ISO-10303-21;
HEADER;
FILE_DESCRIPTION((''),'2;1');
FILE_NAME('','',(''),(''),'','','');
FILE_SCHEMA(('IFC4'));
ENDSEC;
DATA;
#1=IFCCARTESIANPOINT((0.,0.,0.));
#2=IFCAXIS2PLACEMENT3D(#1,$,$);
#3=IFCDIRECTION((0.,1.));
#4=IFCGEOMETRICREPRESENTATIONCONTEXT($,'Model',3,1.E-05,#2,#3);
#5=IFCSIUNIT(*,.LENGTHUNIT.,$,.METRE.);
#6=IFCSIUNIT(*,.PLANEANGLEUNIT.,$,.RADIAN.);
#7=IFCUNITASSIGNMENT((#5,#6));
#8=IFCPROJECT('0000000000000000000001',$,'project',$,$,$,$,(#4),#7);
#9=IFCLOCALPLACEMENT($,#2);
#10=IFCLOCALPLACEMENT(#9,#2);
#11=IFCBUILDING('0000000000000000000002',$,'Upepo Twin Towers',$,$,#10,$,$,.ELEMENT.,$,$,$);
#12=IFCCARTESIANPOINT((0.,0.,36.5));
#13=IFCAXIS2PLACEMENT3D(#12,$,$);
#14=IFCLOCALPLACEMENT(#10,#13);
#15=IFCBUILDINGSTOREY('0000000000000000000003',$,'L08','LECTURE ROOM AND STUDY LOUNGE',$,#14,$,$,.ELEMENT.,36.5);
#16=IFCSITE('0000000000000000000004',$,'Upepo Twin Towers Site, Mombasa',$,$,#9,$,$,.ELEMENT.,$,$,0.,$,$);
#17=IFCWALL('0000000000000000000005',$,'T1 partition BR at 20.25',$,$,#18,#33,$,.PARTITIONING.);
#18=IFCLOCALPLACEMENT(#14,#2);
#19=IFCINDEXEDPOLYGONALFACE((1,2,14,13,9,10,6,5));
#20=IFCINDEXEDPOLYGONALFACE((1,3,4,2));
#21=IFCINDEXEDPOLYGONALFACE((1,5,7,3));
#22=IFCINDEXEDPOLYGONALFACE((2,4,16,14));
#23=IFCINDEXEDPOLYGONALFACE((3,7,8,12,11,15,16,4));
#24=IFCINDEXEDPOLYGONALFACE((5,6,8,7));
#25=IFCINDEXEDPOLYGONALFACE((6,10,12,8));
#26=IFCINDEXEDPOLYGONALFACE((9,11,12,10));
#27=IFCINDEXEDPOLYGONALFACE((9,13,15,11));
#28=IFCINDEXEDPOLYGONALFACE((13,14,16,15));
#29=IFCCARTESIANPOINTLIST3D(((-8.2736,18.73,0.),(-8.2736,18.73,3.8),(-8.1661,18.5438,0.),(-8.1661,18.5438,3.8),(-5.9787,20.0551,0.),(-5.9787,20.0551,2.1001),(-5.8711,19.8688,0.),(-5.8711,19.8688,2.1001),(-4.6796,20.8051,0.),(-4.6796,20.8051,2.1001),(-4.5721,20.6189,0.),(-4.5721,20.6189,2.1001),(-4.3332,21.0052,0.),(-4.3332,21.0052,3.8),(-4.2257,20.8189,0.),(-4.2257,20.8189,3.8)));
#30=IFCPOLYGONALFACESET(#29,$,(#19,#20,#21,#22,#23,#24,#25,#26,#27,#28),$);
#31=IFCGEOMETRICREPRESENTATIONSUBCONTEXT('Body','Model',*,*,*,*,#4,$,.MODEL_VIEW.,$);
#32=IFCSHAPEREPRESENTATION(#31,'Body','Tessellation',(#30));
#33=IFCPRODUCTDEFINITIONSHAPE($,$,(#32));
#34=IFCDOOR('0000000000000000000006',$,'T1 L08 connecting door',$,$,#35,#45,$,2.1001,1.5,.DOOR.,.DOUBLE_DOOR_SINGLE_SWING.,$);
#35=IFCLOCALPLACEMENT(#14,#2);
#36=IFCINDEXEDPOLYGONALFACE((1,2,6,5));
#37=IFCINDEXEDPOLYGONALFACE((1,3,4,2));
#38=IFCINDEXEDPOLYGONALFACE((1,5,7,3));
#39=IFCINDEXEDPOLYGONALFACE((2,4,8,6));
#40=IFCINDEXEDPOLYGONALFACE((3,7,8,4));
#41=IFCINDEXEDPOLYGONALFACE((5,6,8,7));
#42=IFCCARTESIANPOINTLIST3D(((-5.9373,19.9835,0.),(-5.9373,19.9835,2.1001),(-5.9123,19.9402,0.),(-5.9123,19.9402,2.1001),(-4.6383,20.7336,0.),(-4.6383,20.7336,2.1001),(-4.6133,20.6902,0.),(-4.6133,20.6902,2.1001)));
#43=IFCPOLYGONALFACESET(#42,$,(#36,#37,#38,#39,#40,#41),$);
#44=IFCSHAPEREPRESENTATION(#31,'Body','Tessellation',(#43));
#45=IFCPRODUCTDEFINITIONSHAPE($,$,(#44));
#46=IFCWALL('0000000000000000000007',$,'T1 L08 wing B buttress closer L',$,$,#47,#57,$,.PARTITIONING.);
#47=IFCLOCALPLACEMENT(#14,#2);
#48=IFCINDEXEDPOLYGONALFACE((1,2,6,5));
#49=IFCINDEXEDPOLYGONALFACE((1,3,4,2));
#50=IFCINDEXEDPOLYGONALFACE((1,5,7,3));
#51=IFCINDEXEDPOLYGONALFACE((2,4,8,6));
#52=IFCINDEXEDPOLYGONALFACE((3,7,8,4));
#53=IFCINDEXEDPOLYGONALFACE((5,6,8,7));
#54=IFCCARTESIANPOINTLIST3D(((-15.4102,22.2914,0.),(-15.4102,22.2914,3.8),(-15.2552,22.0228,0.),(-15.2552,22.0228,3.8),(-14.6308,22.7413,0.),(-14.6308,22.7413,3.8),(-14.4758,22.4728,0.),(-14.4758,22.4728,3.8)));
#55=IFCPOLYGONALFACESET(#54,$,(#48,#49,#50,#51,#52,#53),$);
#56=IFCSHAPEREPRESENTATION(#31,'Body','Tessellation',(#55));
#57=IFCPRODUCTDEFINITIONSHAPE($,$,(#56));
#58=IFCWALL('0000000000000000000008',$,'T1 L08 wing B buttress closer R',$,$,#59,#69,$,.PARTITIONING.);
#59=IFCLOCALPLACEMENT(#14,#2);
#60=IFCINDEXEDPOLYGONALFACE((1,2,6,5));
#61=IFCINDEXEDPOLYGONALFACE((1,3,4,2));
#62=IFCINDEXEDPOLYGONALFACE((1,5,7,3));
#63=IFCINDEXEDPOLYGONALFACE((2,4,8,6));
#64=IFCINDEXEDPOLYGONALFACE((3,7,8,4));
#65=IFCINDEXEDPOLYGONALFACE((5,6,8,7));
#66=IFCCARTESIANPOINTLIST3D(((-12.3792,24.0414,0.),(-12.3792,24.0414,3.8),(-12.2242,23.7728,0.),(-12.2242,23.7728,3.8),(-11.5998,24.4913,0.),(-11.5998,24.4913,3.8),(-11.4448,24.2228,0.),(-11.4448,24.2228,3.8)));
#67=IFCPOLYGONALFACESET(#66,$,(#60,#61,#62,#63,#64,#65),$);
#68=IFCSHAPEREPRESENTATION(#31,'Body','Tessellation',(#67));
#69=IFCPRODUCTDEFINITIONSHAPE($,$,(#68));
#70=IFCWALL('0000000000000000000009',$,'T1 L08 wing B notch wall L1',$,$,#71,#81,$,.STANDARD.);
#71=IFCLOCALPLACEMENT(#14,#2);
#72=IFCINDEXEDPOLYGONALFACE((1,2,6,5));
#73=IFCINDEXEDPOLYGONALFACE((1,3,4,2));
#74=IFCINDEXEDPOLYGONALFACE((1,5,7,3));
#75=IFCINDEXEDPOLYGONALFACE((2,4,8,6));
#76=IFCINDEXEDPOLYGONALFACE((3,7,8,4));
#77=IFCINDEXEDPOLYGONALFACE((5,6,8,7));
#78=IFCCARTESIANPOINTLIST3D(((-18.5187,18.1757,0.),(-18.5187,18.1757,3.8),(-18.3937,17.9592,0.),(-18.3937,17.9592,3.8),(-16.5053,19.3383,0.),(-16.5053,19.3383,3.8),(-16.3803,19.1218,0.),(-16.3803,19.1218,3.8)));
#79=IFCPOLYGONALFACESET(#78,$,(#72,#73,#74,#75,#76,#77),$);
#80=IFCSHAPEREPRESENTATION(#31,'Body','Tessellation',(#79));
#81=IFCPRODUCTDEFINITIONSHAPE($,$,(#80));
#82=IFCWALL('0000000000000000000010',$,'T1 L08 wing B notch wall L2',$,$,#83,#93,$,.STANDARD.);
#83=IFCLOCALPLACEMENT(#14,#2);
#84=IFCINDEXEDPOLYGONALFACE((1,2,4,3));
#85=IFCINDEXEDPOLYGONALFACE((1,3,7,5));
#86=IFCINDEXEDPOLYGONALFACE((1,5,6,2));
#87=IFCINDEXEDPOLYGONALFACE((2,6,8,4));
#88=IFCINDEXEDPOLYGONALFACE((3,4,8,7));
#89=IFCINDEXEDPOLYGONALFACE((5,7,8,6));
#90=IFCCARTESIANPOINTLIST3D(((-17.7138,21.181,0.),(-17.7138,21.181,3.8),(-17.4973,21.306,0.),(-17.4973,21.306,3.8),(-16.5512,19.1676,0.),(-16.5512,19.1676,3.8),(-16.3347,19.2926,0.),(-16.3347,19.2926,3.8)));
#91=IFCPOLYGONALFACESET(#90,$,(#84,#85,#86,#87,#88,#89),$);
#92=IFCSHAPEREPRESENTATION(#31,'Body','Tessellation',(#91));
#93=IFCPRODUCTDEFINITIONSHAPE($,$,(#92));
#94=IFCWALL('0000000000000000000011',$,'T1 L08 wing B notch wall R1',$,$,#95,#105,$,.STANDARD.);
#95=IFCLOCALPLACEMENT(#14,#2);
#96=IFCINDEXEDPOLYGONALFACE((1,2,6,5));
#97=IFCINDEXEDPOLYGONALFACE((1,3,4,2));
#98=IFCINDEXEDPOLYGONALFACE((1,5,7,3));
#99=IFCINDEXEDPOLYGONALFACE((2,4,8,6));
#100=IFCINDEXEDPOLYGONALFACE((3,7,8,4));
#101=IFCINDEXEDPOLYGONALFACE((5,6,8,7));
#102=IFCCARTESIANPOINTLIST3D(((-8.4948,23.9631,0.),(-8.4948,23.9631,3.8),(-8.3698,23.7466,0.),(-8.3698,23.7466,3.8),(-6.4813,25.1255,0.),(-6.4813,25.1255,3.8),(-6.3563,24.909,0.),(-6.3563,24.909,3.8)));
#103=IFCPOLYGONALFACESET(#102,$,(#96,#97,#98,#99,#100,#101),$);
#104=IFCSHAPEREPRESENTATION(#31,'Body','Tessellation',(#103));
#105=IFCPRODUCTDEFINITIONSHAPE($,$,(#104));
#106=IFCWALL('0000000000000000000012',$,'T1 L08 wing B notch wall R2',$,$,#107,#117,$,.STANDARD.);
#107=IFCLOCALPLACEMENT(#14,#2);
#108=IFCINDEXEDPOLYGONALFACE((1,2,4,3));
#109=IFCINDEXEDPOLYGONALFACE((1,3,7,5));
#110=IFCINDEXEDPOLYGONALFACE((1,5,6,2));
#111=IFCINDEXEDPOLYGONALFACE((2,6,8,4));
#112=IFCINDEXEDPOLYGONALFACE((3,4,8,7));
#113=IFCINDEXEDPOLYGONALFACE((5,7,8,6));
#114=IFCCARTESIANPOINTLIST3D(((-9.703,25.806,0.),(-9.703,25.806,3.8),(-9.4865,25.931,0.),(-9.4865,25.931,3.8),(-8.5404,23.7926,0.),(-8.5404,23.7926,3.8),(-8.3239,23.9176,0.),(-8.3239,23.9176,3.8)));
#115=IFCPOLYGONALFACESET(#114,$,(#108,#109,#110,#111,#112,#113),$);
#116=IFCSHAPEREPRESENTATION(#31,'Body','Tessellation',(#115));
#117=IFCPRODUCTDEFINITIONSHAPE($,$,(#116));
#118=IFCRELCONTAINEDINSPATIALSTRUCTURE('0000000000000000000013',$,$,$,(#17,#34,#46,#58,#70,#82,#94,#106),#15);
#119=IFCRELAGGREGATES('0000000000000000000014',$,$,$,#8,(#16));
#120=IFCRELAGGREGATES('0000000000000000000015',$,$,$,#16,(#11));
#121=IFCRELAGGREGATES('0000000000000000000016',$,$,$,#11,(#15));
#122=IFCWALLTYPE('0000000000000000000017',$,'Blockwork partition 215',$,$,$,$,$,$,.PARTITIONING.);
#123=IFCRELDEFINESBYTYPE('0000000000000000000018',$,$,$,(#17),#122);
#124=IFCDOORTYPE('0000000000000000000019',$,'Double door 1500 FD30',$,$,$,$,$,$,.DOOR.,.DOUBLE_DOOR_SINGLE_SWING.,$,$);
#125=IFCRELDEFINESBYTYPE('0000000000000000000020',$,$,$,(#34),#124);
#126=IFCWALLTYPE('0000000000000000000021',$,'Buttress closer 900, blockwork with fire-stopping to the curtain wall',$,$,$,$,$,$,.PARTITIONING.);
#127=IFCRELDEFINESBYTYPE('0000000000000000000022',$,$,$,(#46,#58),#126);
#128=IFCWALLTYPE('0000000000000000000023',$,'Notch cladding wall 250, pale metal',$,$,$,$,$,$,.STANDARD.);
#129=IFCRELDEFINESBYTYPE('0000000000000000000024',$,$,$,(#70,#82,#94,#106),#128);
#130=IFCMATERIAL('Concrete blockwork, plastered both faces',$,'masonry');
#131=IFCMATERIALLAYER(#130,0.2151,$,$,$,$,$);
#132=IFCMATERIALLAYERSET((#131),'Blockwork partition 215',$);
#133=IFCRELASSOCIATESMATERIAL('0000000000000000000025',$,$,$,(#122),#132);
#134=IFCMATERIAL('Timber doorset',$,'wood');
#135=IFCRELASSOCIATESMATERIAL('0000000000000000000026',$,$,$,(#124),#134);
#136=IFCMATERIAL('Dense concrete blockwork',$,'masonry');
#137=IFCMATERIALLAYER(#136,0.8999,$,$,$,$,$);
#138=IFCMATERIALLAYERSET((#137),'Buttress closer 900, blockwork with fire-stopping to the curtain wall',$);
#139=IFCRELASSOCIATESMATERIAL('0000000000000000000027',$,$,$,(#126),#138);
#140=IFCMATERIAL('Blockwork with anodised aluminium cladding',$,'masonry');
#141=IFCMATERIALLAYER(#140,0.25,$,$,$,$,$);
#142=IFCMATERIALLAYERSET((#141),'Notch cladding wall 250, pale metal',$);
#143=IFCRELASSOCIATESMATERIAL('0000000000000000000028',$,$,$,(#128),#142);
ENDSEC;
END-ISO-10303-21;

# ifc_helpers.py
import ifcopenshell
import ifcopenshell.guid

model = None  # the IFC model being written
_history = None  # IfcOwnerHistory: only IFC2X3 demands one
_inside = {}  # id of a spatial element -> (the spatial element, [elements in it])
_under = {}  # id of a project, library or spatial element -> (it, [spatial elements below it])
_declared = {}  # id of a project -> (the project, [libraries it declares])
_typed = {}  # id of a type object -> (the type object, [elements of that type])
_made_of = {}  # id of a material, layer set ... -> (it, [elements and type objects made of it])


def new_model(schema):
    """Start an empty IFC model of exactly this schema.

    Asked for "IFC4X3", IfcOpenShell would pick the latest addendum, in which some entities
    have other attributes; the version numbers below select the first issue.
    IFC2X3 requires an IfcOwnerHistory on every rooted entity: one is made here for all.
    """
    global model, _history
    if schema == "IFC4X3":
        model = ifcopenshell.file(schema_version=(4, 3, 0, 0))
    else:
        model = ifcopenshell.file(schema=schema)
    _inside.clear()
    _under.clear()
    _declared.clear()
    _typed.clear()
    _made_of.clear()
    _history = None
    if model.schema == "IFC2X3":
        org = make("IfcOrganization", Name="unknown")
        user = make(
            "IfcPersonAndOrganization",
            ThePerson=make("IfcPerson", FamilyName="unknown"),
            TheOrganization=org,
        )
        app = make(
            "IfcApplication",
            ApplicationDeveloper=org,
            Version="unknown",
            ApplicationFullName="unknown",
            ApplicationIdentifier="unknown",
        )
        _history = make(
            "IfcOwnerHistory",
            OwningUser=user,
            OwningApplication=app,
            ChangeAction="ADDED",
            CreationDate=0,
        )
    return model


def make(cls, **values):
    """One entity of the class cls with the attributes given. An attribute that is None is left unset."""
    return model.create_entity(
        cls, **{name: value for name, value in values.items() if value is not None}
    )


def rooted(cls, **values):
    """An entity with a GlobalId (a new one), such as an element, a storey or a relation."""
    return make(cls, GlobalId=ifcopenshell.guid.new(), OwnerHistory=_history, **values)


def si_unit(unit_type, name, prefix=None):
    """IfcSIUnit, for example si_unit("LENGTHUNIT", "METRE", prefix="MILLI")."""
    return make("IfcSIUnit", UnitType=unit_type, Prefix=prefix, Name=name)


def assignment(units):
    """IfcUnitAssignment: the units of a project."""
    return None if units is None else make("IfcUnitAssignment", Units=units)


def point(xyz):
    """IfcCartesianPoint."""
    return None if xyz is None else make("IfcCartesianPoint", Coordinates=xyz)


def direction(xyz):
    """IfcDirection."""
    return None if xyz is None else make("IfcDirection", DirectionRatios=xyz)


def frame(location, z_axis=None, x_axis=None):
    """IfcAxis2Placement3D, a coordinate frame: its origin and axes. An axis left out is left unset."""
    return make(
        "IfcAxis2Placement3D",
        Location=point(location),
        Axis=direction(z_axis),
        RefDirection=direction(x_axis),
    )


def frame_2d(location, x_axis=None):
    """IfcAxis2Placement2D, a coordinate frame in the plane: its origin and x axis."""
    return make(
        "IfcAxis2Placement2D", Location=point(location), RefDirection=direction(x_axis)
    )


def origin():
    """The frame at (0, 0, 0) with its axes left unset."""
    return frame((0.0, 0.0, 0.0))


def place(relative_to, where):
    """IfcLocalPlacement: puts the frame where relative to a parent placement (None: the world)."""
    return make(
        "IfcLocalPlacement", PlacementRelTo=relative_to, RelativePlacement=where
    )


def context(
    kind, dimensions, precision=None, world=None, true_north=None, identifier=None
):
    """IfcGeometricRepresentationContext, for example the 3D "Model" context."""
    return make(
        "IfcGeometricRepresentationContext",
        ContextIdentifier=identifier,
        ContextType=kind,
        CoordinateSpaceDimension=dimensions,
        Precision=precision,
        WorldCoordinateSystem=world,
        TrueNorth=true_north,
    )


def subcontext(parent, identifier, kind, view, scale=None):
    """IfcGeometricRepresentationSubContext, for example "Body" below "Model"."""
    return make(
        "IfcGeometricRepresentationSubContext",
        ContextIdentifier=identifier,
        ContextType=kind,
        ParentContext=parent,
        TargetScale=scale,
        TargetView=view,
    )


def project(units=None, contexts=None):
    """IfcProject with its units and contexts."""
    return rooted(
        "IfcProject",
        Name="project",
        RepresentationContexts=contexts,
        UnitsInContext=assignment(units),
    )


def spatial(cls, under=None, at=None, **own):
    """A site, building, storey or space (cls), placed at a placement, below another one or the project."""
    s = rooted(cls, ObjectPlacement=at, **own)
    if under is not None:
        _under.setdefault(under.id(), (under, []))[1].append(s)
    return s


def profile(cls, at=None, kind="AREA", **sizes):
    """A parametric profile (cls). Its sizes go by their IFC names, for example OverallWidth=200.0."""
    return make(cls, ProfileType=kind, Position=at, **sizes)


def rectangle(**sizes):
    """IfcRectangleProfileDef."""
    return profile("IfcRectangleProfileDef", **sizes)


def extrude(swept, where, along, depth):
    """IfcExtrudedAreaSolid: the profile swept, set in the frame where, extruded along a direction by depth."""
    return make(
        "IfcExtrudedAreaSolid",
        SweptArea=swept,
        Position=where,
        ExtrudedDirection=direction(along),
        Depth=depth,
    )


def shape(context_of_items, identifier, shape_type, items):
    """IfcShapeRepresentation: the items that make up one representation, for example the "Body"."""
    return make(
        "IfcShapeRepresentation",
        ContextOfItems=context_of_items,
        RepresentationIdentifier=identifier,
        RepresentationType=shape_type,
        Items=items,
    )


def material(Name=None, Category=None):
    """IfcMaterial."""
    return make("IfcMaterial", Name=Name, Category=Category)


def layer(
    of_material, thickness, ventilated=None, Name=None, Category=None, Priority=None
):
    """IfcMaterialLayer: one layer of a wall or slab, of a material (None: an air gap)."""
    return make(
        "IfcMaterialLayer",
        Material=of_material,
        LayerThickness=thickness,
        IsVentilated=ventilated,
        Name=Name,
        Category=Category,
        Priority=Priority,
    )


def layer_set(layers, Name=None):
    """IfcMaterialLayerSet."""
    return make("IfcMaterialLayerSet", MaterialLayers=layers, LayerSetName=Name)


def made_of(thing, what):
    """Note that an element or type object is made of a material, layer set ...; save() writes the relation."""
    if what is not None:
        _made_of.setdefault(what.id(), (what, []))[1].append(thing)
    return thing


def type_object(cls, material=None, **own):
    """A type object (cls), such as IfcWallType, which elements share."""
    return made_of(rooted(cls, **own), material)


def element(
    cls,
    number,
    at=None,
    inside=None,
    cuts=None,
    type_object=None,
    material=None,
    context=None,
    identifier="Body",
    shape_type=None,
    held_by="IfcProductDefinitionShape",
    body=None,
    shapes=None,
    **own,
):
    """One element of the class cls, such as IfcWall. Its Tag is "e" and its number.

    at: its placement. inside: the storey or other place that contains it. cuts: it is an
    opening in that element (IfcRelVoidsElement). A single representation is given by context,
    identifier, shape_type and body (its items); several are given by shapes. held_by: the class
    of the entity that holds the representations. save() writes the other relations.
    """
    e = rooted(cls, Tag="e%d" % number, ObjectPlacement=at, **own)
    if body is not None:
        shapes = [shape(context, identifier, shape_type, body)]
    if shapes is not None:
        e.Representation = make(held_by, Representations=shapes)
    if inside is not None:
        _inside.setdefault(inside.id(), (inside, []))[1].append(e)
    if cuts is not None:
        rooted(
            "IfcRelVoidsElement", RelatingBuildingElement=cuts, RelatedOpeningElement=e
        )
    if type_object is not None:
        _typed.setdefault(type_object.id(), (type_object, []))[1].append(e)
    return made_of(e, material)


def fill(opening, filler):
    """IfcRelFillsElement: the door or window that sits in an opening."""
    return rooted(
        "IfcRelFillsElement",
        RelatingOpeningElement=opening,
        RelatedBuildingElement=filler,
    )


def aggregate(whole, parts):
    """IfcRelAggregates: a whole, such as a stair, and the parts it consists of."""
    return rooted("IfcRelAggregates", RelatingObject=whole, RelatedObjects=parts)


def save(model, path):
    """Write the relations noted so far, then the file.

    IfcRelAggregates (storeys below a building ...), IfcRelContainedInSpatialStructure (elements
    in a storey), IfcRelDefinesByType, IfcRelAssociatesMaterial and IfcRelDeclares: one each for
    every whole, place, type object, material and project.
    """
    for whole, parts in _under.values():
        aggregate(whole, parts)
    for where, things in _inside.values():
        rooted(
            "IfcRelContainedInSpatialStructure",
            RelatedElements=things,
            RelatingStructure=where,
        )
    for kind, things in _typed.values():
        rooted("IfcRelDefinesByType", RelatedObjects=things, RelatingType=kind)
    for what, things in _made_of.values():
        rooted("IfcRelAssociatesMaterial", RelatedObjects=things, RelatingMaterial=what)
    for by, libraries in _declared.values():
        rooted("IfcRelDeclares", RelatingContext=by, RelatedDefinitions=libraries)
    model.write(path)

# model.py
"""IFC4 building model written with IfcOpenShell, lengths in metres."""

from ifc_helpers import new_model, si_unit, direction, frame, frame_2d, origin, place, context, subcontext, project, spatial, rectangle, extrude, material, layer, layer_set, type_object, element, fill, save


model = new_model("IFC4")

# Units and contexts
model_context = context("Model", 3, precision=1e-05, world=origin(), true_north=direction((0.0, 1.0)))
body_context = subcontext(model_context, "Body", "Model", "MODEL_VIEW")
ifc_project = project(units=[si_unit("LENGTHUNIT", "METRE"), si_unit("PLANEANGLEUNIT", "RADIAN")], contexts=[model_context])

# Site, building, storey
site_placement = place(None, origin())
site = spatial("IfcSite", under=ifc_project, at=site_placement, Name="Upepo Twin Towers Site, Mombasa", CompositionType="ELEMENT", RefElevation=0.0)
building_placement = place(site_placement, origin())
building = spatial("IfcBuilding", under=site, at=building_placement, Name="Upepo Twin Towers", CompositionType="ELEMENT")
storey_placement = place(building_placement, frame((0.0, 0.0, 36.5)))
storey = spatial("IfcBuildingStorey", under=building, at=storey_placement, Name="L08", Description="LECTURE ROOM AND STUDY LOUNGE", CompositionType="ELEMENT", Elevation=36.5)

# Wall, opening, door
ifc_material_1 = material(Name="Concrete blockwork, plastered both faces", Category="masonry")
ifc_layer_1 = layer(ifc_material_1, 0.2151)
ifc_layer_set_1 = layer_set([ifc_layer_1], Name="Blockwork partition 215")
wall_type_1 = type_object("IfcWallType", Name="Blockwork partition 215", PredefinedType="PARTITIONING", material=ifc_layer_set_1)
wall_placement = place(storey_placement, frame((-8.2197, 18.637, 0.0), z_axis=(0.0, 0.0, 1.0), x_axis=(0.866012, 0.500023, 0.0)))
wall = element("IfcWall", 1, at=wall_placement, inside=storey, type_object=wall_type_1, Name="T1 partition BR at 20.25", PredefinedType="PARTITIONING", context=body_context, shape_type="SweptSolid", body=[
    extrude(rectangle(XDim=4.55, YDim=0.2151, at=frame_2d((2.2749, 0.0))), origin(), (0.0, 0.0, 1.0), 3.8),
])
opening_placement = place(wall_placement, frame((2.6499, 0.0, 0.0)))
opening = element("IfcOpeningElement", 2, at=opening_placement, cuts=wall, PredefinedType="OPENING", context=body_context, shape_type="SweptSolid", body=[
    extrude(rectangle(XDim=1.5, YDim=2.1001, at=frame_2d((0.75, 1.05))), frame((0.0, 0.1174, 0.0), z_axis=(0.0, -1.0, 0.0), x_axis=(1.0, 0.0, 0.0)), (0.0, 0.0, 1.0), 0.2351),
])
ifc_material_2 = material(Name="Timber doorset", Category="wood")
door_type = type_object("IfcDoorType", Name="Double door 1500 FD30", OperationType="DOUBLE_DOOR_SINGLE_SWING", PredefinedType="DOOR", material=ifc_material_2)
door_placement = place(opening_placement, origin())
door = element("IfcDoor", 3, at=door_placement, inside=storey, type_object=door_type, Name="T1 L08 connecting door", OperationType="DOUBLE_DOOR_SINGLE_SWING", OverallHeight=2.1001, OverallWidth=1.5, PredefinedType="DOOR", context=body_context, shape_type="SweptSolid", body=[
    extrude(rectangle(XDim=1.5, YDim=2.1001, at=frame_2d((0.75, 1.05))), frame((0.0, 0.0249, 0.0), z_axis=(0.0, -1.0, 0.0), x_axis=(1.0, 0.0, 0.0)), (0.0, 0.0, 1.0), 0.05),
])
fill(opening, door)

# Walls
ifc_material_3 = material(Name="Dense concrete blockwork", Category="masonry")
ifc_layer_2 = layer(ifc_material_3, 0.8999)
ifc_layer_set_2 = layer_set([ifc_layer_2], Name="Buttress closer 900, blockwork with fire-stopping to the curtain wall")
wall_type_2 = type_object("IfcWallType", Name="Buttress closer 900, blockwork with fire-stopping to the curtain wall", PredefinedType="PARTITIONING", material=ifc_layer_set_2)
for number, where, z_axis, x_axis, name in (
    (4, (-14.8655, 22.2478, 0.0), (0.0, 0.0, 1.0), (-0.49995, 0.866054, 0.0), "T1 L08 wing B buttress closer L"),
    (5, (-11.8345, 23.9978, 0.0), (0.0, 0.0, 1.0), (-0.49995, 0.866054, 0.0), "T1 L08 wing B buttress closer R"),
):
    element("IfcWall", number, at=place(storey_placement, frame(where, z_axis=z_axis, x_axis=x_axis)), inside=storey, type_object=wall_type_2, Name=name, PredefinedType="PARTITIONING", context=body_context, shape_type="SweptSolid", body=[
        extrude(rectangle(XDim=0.3101, YDim=0.8999, at=frame_2d((0.155, 0.0))), origin(), (0.0, 0.0, 1.0), 3.8),
    ])
ifc_material_4 = material(Name="Blockwork with anodised aluminium cladding", Category="masonry")
ifc_layer_3 = layer(ifc_material_4, 0.25)
ifc_layer_set_3 = layer_set([ifc_layer_3], Name="Notch cladding wall 250, pale metal")
wall_type_3 = type_object("IfcWallType", Name="Notch cladding wall 250, pale metal", PredefinedType="STANDARD", material=ifc_layer_set_3)
for number, where, z_axis, x_axis, name in (
    (6, (-18.4563, 18.0674, 0.0), (0.0, 0.0, 1.0), (0.865998, 0.500047, 0.0), "T1 L08 wing B notch wall L1"),
    (7, (-16.4429, 19.23, 0.0), (0.0, 0.0, 1.0), (-0.500047, 0.865998, 0.0), "T1 L08 wing B notch wall L2"),
    (8, (-6.4187, 25.0173, 0.0), (0.0, 0.0, 1.0), (-0.866044, -0.499968, 0.0), "T1 L08 wing B notch wall R1"),
    (9, (-8.4321, 23.855, 0.0), (0.0, 0.0, 1.0), (-0.500047, 0.865998, 0.0), "T1 L08 wing B notch wall R2"),
):
    element("IfcWall", number, at=place(storey_placement, frame(where, z_axis=z_axis, x_axis=x_axis)), inside=storey, type_object=wall_type_3, Name=name, PredefinedType="STANDARD", context=body_context, shape_type="SweptSolid", body=[
        extrude(rectangle(XDim=2.325, YDim=0.25, at=frame_2d((1.1626, 0.0))), origin(), (0.0, 0.0, 1.0), 3.8),
    ])

save(model, "model.ifc")
